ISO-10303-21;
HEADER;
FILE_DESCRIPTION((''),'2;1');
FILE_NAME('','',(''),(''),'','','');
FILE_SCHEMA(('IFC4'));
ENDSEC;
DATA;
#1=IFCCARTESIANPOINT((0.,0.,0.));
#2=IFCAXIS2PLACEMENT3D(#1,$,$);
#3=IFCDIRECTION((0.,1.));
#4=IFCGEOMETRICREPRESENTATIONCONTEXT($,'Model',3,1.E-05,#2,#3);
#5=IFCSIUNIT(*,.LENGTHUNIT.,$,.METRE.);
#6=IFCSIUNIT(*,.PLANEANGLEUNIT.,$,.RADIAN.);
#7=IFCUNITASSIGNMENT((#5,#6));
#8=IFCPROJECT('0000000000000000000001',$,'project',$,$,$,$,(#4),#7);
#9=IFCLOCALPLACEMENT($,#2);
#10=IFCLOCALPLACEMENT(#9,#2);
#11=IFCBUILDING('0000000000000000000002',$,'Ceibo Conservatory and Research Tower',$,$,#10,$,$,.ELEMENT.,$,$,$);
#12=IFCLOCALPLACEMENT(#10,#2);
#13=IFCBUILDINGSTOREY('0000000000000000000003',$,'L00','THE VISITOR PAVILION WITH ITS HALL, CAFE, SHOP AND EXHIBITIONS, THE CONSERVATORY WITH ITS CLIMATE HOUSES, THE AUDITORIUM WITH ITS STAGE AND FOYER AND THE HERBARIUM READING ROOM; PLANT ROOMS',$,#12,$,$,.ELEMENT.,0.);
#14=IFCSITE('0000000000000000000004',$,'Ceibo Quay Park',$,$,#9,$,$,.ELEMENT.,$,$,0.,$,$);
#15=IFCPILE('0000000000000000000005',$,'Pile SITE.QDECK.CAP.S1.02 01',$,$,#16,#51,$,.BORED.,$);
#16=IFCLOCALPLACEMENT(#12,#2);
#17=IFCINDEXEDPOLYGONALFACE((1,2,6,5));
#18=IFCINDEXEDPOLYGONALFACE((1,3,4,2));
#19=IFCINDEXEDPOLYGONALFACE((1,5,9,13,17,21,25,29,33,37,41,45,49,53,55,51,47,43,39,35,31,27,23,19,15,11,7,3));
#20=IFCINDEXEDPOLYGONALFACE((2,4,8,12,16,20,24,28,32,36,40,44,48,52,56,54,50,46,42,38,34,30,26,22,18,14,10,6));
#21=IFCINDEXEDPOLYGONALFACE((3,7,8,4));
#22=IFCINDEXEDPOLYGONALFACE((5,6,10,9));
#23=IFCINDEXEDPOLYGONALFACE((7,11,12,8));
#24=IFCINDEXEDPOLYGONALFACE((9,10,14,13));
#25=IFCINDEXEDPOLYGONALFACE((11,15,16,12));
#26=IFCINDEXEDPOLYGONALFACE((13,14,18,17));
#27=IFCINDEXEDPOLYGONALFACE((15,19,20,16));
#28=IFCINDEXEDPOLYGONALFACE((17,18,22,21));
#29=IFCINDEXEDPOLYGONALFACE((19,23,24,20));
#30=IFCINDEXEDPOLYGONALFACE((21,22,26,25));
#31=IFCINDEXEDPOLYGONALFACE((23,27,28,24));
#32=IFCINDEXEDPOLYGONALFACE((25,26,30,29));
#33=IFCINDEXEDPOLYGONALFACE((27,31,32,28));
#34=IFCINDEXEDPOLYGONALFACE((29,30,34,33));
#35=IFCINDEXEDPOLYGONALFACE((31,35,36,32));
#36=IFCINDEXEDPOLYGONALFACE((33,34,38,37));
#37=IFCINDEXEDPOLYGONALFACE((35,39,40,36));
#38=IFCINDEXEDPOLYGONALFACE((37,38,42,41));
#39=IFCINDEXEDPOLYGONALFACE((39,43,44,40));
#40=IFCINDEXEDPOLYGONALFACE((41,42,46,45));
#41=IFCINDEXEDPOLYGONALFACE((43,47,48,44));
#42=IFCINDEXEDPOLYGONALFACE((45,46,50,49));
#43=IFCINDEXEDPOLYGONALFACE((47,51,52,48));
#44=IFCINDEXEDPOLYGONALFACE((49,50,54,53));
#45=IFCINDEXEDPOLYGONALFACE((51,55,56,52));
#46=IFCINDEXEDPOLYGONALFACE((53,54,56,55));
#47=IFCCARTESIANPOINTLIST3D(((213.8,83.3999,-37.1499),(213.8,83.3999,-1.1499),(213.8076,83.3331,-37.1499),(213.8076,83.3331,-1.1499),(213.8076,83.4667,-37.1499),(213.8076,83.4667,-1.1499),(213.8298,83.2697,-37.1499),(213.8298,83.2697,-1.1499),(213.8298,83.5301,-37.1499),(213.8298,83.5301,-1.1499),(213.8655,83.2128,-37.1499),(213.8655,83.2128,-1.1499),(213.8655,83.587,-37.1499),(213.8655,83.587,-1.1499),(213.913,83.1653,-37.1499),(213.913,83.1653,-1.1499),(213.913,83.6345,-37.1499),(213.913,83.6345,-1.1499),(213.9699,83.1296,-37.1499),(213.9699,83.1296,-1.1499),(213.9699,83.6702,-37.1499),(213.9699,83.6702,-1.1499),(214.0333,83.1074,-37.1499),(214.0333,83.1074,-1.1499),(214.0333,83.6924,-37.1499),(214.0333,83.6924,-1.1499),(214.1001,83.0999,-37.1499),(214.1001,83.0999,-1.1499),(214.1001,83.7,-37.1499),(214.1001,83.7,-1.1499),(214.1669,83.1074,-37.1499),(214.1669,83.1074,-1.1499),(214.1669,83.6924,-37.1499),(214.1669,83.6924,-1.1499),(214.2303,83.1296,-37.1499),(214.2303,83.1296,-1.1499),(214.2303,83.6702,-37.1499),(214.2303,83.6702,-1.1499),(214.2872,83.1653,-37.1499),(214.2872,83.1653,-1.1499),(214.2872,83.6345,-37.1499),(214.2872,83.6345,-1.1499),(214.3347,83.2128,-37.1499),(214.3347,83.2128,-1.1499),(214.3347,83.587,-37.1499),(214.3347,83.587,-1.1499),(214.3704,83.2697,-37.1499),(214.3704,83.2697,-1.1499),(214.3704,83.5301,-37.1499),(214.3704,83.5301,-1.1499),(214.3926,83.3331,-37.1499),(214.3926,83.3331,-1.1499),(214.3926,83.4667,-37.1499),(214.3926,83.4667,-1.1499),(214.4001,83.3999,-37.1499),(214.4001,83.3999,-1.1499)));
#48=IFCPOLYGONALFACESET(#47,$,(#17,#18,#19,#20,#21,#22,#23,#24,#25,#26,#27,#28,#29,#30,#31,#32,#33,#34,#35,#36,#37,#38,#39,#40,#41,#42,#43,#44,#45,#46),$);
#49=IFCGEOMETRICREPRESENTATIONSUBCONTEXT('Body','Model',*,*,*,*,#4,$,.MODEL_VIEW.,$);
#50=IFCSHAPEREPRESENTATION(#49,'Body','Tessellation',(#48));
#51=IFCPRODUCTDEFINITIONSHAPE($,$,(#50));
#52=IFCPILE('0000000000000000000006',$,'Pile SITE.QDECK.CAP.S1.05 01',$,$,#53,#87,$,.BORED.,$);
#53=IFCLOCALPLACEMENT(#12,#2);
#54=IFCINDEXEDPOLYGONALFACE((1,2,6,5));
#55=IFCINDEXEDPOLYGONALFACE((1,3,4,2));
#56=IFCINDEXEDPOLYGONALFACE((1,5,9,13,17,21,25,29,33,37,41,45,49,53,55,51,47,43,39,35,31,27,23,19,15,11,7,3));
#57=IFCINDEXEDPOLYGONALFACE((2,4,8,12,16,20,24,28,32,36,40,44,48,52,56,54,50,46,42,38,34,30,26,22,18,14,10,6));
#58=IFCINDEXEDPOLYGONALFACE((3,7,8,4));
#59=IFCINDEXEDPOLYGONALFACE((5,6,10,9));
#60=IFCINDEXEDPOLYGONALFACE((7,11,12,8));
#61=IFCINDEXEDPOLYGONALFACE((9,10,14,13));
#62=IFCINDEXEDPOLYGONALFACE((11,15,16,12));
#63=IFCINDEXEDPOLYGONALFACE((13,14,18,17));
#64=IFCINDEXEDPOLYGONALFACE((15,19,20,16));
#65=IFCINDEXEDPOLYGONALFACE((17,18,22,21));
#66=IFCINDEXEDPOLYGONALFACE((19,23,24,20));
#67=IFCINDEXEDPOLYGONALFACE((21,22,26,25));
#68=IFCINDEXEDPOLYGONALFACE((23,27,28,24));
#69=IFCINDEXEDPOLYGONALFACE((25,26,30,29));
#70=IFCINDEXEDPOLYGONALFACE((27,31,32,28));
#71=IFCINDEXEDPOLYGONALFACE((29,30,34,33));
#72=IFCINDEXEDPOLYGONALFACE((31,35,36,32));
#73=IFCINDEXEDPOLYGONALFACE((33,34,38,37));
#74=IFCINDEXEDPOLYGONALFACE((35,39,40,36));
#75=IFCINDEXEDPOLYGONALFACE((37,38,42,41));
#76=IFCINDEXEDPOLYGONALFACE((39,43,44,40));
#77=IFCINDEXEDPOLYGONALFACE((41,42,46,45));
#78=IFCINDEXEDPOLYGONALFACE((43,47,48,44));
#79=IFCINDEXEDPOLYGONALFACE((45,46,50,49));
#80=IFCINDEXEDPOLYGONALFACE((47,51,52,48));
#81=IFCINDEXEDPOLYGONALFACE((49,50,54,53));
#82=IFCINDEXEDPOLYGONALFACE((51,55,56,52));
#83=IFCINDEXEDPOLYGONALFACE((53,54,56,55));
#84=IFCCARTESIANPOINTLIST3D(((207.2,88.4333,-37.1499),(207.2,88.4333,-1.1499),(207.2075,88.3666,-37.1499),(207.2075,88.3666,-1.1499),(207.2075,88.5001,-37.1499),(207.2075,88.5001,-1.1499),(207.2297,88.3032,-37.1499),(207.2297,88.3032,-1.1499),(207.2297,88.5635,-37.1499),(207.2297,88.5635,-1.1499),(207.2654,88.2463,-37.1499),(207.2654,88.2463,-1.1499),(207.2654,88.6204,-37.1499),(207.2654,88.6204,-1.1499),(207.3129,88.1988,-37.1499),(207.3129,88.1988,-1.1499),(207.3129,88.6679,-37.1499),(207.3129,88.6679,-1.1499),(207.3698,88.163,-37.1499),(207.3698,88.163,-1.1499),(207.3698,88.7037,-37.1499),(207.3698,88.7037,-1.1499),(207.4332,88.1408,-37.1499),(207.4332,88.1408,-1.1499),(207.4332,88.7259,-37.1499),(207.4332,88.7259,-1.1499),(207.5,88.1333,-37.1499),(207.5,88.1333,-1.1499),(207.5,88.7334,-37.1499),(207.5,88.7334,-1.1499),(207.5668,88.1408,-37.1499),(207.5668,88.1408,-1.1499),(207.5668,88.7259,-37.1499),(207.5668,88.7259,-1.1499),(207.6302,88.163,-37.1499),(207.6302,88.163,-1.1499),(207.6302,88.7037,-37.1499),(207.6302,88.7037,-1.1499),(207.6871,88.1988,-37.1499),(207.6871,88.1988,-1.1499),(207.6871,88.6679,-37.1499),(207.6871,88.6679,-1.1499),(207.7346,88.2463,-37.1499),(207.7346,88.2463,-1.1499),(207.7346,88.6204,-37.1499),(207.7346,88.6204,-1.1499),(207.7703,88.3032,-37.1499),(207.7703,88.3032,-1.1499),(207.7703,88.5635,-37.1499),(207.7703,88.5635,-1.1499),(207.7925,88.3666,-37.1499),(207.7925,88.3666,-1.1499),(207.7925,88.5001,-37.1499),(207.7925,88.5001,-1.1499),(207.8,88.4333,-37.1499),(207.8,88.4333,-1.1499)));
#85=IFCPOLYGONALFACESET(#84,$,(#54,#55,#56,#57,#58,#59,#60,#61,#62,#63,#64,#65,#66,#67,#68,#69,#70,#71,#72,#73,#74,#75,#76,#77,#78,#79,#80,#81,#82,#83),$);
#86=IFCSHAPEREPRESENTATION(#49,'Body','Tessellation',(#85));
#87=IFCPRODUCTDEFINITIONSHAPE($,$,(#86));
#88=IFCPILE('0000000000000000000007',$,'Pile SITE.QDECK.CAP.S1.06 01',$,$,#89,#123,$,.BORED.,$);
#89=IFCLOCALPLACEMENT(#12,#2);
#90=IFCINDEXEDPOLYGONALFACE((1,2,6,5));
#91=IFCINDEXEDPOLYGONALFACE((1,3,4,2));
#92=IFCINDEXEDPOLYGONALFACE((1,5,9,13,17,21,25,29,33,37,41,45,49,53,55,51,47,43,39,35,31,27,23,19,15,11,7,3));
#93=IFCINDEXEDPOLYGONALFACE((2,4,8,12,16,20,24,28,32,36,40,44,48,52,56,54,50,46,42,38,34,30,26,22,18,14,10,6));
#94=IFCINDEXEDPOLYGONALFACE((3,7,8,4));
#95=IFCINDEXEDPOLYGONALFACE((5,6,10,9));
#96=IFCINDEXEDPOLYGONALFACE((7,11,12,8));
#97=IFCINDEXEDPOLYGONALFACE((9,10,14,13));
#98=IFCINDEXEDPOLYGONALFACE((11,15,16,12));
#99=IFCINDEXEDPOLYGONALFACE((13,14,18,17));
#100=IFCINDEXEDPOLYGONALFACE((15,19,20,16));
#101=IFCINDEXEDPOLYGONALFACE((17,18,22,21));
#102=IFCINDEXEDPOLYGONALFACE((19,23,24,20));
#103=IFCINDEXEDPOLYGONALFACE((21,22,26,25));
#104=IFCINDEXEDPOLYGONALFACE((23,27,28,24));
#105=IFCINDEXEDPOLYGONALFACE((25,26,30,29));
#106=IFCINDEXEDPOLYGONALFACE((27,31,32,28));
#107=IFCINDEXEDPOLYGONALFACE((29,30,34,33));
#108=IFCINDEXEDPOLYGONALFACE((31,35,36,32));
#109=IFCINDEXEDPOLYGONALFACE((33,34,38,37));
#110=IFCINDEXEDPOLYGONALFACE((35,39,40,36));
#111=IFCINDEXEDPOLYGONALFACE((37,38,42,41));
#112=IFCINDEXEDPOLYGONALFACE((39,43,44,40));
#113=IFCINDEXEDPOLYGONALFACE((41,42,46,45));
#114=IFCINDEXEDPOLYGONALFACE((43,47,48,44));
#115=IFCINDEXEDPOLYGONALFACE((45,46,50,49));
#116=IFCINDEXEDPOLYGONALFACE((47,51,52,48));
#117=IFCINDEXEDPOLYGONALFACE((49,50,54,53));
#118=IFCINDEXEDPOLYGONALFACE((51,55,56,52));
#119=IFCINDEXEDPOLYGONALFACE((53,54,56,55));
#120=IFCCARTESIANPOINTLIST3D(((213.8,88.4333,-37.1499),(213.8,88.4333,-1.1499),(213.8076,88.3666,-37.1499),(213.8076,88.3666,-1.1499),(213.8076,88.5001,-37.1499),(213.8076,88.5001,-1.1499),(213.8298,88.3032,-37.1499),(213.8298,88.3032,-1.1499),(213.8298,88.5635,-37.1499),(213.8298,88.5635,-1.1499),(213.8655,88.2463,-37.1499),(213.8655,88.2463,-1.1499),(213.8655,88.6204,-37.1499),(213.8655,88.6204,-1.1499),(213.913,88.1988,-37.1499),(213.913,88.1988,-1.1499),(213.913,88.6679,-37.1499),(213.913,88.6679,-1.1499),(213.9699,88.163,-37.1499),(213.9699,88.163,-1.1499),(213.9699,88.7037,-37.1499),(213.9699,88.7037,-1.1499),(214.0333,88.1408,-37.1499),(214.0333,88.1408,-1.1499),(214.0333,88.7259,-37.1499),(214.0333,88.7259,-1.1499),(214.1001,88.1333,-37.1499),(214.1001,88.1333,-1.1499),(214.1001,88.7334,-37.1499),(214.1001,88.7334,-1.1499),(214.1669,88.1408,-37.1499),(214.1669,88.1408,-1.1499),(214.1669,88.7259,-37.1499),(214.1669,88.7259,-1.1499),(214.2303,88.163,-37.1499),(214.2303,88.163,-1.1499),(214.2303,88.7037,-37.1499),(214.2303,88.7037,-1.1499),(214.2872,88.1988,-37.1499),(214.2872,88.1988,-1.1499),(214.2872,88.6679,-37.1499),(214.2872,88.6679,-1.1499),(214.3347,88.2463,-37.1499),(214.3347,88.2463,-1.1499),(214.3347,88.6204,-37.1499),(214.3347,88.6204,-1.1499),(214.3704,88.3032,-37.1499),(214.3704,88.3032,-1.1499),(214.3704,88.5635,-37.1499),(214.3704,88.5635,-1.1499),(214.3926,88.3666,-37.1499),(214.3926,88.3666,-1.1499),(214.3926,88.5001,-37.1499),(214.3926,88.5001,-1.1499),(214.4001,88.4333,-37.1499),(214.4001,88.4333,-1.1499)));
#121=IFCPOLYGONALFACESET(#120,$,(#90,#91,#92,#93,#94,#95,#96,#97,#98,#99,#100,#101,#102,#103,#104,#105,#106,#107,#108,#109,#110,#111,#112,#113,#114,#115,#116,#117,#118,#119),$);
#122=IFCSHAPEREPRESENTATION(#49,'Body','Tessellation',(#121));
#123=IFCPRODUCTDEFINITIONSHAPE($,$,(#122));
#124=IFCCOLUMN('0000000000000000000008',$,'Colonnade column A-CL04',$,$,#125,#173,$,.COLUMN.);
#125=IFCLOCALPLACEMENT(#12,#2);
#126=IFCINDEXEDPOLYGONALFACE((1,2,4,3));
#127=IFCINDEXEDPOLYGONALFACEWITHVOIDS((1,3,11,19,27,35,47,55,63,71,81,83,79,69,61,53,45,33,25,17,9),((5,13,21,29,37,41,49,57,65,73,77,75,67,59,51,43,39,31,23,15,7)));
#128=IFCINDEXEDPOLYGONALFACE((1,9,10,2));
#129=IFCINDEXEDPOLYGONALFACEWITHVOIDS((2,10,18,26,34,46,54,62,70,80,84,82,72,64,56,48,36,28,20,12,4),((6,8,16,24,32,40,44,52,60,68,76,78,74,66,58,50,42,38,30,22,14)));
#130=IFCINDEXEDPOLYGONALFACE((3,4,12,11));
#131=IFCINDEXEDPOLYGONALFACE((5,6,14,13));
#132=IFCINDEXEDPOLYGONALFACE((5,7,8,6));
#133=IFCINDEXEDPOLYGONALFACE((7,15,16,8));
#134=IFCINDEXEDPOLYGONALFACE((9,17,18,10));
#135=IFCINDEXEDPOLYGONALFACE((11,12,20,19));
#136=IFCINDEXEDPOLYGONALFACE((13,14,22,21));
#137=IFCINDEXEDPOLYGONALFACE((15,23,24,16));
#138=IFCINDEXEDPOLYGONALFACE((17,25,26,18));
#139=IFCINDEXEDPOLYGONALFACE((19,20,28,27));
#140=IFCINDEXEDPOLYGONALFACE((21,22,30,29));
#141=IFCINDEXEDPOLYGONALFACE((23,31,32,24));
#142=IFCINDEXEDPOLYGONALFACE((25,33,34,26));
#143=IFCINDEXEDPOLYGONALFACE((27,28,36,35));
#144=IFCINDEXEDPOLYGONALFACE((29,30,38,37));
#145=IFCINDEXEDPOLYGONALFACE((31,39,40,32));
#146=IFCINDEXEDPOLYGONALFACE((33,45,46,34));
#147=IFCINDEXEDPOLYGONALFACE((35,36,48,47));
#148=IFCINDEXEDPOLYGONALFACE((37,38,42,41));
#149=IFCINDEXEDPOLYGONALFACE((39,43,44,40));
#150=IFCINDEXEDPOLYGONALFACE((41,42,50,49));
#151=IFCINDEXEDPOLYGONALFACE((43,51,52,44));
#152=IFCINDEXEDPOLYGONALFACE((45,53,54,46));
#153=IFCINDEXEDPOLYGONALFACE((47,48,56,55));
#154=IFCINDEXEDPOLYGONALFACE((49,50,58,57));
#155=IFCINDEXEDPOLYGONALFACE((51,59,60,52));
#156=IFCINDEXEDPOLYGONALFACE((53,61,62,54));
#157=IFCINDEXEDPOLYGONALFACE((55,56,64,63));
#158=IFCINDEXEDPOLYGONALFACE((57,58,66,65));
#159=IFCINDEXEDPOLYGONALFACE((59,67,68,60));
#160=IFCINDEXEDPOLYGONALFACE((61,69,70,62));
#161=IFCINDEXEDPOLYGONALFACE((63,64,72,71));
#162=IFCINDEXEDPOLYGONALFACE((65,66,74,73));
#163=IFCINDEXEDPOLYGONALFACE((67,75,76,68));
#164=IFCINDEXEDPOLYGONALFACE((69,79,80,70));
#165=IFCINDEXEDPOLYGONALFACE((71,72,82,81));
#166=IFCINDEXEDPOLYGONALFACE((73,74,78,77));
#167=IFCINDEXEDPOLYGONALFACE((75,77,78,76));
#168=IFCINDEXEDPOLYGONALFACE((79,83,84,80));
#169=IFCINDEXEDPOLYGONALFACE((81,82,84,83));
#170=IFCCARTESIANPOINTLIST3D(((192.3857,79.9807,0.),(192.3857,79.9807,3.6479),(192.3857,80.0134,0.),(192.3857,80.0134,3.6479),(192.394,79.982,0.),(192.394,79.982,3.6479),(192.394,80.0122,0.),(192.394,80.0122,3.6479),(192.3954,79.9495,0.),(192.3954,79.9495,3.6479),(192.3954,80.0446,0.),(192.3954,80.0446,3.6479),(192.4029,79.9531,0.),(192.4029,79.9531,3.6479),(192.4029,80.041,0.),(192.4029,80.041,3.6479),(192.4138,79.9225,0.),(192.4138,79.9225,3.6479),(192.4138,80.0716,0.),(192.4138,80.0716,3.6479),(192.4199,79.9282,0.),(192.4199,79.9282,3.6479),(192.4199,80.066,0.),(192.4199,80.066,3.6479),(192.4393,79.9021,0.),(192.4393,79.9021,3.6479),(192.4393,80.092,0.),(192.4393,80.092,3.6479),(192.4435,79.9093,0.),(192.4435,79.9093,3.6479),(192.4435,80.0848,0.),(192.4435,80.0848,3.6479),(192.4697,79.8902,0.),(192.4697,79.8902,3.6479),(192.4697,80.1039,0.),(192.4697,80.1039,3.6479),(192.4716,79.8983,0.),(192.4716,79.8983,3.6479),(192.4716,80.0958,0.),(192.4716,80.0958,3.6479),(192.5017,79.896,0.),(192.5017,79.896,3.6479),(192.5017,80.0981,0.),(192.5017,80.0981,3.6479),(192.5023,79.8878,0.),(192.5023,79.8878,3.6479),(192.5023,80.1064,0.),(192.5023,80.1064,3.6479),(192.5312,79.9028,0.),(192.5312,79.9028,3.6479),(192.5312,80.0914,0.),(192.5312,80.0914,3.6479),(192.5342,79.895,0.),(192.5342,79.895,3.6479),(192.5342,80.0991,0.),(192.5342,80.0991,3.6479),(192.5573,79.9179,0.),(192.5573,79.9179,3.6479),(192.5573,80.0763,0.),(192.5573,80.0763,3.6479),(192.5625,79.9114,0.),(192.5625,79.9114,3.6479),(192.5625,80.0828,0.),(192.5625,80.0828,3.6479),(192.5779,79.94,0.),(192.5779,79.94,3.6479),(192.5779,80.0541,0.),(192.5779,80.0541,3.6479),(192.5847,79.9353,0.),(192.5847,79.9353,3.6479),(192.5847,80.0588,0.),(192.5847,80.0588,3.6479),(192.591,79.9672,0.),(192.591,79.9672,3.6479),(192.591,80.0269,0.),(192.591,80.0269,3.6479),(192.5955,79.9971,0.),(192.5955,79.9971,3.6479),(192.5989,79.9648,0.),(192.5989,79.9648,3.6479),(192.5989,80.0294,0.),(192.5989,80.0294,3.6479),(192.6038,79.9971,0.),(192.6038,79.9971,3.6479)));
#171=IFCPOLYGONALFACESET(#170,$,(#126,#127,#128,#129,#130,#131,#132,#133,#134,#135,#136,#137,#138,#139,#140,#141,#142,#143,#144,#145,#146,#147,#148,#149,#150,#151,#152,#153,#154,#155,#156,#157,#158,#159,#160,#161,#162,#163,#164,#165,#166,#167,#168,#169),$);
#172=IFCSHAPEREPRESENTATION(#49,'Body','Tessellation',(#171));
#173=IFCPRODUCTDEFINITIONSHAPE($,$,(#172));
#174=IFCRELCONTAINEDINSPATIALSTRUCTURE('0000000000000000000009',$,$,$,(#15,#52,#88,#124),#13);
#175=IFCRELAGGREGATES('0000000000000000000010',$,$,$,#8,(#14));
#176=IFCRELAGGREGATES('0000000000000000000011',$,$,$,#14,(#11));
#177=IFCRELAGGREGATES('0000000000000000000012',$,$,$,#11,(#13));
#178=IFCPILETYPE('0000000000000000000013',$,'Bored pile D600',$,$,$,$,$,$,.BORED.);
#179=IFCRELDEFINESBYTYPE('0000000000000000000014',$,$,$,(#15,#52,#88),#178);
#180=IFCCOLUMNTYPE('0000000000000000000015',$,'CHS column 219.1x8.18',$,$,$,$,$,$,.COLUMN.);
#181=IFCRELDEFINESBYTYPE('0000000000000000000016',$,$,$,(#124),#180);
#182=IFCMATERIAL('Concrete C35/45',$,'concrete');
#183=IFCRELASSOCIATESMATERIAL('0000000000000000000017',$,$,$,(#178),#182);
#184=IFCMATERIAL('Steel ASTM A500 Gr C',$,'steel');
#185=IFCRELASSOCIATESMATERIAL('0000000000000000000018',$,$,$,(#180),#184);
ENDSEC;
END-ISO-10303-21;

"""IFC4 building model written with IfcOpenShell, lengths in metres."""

from ifc_helpers import new_model, si_unit, direction, frame, origin, origin_2d, place, context, subcontext, project, spatial, circle, hollow_circle, extrude, material, material_profile, profile_set, type_object, element, save


model = new_model("IFC4")

# Units and contexts
model_context = context("Model", 3, precision=1e-05, world=origin(), true_north=direction((0.0, 1.0)))
body_context = subcontext(model_context, "Body", "Model", "MODEL_VIEW")
ifc_project = project(units=[si_unit("LENGTHUNIT", "METRE"), si_unit("PLANEANGLEUNIT", "RADIAN")], contexts=[model_context])

# Site, building, storey
site_placement = place(None, origin())
site = spatial("IfcSite", under=ifc_project, at=site_placement, Name="Ceibo Quay Park", CompositionType="ELEMENT", RefElevation=0.0)
building_placement = place(site_placement, origin())
building = spatial("IfcBuilding", under=site, at=building_placement, Name="Ceibo Conservatory and Research Tower", CompositionType="ELEMENT")
storey_placement = place(building_placement, origin())
storey = spatial("IfcBuildingStorey", under=building, at=storey_placement, Name="L00", Description="THE VISITOR PAVILION WITH ITS HALL, CAFE, SHOP AND EXHIBITIONS, THE CONSERVATORY WITH ITS CLIMATE HOUSES, THE AUDITORIUM WITH ITS STAGE AND FOYER AND THE HERBARIUM READING ROOM; PLANT ROOMS", CompositionType="ELEMENT", Elevation=0.0)

# Piles
ifc_material_1 = material(Name="Concrete C35/45", Category="concrete")
ifc_material_profile_1 = material_profile(ifc_material_1, circle(Radius=0.3, at=origin_2d()), Name="RC D600")
ifc_profile_set_1 = profile_set([ifc_material_profile_1], Name="Concrete C35/45")
pile_type = type_object("IfcPileType", Name="Bored pile D600", PredefinedType="BORED", material=ifc_profile_set_1)
for number, where, z_axis, x_axis, name in (
    (1, (214.1001, 83.3999, -1.1499), (0.0, 0.0, -1.0), (1.0, 0.0, 0.0), "Pile SITE.QDECK.CAP.S1.02 01"),
    (2, (207.5, 88.4333, -1.1499), (0.0, 0.0, -1.0), (1.0, 0.0, 0.0), "Pile SITE.QDECK.CAP.S1.05 01"),
    (3, (214.1001, 88.4333, -1.1499), (0.0, 0.0, -1.0), (1.0, 0.0, 0.0), "Pile SITE.QDECK.CAP.S1.06 01"),
):
    element("IfcPile", number, at=place(storey_placement, frame(where, z_axis=z_axis, x_axis=x_axis)), inside=storey, type_object=pile_type, Name=name, PredefinedType="BORED", context=body_context, shape_type="SweptSolid", body=[
        extrude(circle(Radius=0.3, at=origin_2d()), origin(), (0.0, 0.0, 1.0), 36.0),
    ])

# Column
ifc_material_2 = material(Name="Steel ASTM A500 Gr C", Category="steel")
ifc_material_profile_2 = material_profile(ifc_material_2, hollow_circle(Radius=0.1096, WallThickness=0.0083, at=origin_2d()), Name="CHS column 219.1x8.18")
ifc_profile_set_2 = profile_set([ifc_material_profile_2], Name="Steel ASTM A500 Gr C")
column_type = type_object("IfcColumnType", Name="CHS column 219.1x8.18", PredefinedType="COLUMN", material=ifc_profile_set_2)
column_1_placement = place(storey_placement, frame((192.4941, 79.9971, 0.0), z_axis=(0.0, 0.0, 1.0), x_axis=(1.0, 0.0, 0.0)))
element("IfcColumn", 4, at=column_1_placement, inside=storey, type_object=column_type, Name="Colonnade column A-CL04", PredefinedType="COLUMN", context=body_context, shape_type="SweptSolid", body=[
    extrude(hollow_circle(Radius=0.1096, WallThickness=0.0083, at=origin_2d()), origin(), (0.0, 0.0, 1.0), 3.6479),
])

save(model, "model.ifc")
